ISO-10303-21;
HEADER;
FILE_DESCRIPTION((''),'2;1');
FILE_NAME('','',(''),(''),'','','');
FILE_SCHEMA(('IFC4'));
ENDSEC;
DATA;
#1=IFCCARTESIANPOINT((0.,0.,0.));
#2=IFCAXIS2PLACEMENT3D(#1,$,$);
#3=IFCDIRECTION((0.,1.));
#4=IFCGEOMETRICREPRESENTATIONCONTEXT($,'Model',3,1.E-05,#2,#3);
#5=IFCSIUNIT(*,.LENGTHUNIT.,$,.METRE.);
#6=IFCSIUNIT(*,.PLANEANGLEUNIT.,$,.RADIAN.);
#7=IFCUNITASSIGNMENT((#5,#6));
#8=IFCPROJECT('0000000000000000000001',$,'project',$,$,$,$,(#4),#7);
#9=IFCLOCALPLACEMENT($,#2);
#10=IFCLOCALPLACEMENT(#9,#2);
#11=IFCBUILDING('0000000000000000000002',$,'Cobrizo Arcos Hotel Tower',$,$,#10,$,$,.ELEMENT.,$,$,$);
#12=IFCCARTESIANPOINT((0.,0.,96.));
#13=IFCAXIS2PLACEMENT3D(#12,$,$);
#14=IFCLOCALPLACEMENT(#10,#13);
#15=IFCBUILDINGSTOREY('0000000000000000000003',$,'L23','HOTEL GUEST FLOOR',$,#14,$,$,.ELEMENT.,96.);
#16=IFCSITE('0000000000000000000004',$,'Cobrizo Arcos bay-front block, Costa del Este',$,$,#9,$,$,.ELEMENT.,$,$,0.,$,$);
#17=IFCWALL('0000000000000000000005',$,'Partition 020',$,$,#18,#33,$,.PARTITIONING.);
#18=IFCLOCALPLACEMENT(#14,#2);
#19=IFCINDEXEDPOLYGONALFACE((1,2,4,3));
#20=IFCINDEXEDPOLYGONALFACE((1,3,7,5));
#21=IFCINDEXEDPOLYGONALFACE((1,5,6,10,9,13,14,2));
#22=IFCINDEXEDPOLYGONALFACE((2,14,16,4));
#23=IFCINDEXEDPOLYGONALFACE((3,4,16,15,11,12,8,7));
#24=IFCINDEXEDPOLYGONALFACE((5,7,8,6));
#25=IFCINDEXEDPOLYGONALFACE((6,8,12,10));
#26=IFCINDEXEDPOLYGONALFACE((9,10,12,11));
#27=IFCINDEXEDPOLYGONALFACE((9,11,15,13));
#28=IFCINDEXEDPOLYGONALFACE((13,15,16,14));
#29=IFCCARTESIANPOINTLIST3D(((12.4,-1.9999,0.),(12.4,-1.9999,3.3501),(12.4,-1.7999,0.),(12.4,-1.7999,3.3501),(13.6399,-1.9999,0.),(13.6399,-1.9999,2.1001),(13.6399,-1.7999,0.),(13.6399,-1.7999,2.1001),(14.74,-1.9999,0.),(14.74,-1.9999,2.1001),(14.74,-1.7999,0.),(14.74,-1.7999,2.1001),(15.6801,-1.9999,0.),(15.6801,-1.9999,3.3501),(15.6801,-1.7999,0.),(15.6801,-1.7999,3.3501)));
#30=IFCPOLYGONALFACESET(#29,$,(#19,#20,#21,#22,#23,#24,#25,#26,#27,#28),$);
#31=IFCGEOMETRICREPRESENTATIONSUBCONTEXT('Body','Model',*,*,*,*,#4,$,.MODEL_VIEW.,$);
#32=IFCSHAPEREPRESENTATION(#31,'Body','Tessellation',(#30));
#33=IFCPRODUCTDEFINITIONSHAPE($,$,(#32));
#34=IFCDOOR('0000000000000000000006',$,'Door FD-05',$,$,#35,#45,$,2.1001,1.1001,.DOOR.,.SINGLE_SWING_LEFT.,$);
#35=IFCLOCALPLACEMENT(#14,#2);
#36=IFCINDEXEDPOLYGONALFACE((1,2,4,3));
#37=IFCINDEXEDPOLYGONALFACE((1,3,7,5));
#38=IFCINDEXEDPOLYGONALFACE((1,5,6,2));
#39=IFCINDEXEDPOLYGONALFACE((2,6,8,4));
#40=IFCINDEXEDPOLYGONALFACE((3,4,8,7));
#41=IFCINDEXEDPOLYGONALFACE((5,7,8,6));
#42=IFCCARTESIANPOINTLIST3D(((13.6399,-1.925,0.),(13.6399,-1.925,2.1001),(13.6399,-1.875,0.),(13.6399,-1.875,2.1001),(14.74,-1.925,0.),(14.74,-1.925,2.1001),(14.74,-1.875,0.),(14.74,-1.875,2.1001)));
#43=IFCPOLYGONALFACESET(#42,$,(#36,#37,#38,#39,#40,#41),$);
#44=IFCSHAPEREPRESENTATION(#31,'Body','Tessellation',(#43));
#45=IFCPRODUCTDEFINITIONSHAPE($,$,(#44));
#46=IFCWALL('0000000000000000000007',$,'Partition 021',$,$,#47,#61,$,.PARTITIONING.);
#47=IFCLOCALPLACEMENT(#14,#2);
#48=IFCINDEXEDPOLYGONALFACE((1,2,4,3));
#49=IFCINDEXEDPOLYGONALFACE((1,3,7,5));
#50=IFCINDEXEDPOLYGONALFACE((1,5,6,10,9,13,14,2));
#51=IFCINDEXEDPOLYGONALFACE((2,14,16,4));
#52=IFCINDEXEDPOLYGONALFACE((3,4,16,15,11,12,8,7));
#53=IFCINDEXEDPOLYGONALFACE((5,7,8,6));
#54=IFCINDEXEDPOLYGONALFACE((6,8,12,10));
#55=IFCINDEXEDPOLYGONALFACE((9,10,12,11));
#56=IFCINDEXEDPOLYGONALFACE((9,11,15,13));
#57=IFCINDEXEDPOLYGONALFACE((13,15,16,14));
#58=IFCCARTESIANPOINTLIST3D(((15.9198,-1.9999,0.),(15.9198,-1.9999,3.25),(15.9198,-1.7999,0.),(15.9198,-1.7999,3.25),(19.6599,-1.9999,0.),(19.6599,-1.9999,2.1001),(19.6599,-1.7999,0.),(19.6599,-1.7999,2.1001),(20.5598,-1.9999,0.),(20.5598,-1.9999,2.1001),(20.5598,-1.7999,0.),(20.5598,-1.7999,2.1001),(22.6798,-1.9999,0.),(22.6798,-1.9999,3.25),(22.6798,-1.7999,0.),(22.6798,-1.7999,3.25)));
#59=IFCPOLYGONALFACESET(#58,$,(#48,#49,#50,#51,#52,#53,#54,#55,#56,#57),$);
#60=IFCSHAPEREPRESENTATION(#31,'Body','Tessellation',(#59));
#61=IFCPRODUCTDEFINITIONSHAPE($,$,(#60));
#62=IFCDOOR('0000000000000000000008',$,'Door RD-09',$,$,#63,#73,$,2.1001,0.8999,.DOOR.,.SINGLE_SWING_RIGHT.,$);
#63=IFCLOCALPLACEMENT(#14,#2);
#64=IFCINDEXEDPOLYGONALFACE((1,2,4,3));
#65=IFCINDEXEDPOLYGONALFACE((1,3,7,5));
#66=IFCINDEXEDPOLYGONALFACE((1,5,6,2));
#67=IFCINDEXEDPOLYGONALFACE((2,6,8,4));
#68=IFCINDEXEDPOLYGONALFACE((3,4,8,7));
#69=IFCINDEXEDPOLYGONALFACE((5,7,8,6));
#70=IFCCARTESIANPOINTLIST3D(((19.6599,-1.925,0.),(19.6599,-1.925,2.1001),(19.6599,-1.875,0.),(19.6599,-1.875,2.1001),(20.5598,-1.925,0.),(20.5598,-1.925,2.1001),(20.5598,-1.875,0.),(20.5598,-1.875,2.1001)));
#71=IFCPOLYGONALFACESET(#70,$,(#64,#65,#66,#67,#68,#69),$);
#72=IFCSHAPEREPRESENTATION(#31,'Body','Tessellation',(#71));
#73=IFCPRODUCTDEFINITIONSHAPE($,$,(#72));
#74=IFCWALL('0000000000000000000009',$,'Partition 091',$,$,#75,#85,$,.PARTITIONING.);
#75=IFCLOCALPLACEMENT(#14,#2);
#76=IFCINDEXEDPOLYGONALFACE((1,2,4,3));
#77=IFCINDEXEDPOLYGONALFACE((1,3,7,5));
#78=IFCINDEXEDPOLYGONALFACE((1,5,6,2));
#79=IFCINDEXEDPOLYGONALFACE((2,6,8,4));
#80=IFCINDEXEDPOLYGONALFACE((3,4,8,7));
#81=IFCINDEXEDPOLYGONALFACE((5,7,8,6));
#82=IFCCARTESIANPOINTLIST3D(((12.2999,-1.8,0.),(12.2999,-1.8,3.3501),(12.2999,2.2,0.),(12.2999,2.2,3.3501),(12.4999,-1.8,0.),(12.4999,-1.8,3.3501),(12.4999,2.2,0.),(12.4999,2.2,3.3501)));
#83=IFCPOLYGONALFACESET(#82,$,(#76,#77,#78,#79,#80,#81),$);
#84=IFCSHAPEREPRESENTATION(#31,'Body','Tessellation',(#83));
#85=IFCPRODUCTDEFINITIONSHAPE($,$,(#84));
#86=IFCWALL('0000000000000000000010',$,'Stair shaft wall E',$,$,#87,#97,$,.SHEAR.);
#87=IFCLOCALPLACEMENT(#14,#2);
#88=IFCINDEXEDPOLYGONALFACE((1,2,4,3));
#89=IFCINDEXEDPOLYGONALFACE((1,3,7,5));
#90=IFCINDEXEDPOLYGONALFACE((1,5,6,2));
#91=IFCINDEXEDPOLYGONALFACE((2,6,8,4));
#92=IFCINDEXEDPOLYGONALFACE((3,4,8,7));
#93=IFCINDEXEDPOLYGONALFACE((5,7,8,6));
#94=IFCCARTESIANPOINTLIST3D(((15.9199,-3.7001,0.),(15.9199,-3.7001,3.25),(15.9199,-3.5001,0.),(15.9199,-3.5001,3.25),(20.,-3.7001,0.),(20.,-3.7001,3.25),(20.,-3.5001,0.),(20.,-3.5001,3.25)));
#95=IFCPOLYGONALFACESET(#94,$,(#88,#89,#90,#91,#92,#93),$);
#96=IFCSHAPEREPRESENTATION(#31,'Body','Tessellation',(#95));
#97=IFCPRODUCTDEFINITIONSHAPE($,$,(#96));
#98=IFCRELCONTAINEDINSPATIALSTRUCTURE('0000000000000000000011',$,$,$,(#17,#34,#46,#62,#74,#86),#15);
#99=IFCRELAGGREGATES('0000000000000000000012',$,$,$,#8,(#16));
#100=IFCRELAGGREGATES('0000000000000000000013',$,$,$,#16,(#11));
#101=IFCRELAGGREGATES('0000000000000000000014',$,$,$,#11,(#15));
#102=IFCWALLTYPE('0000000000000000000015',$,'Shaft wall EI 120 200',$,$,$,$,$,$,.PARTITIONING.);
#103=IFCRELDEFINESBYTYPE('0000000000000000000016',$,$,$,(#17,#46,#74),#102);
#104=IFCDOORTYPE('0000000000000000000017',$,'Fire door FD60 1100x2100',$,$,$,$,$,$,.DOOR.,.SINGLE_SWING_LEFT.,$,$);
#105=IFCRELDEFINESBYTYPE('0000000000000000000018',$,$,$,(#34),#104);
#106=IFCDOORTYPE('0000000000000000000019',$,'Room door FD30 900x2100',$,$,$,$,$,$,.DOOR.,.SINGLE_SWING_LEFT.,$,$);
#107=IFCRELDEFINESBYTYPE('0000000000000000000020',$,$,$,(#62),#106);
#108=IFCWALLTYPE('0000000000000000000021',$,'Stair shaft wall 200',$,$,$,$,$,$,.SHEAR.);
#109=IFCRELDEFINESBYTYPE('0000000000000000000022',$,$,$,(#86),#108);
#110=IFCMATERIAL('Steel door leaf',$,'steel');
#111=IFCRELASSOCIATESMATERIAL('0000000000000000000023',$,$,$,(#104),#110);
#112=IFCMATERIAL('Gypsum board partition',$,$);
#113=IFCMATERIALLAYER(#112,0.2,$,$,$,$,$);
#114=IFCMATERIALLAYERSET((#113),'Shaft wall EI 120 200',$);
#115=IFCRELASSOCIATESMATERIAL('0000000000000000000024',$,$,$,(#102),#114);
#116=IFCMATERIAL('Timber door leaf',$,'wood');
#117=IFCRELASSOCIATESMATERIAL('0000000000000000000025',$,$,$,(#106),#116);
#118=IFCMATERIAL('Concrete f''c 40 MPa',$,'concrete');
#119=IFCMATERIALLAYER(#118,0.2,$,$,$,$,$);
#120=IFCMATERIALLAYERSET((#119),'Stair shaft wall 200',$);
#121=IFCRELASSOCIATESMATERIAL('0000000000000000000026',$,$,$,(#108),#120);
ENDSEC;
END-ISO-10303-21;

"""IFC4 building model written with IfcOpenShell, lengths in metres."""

from ifc_helpers import new_model, si_unit, direction, frame, frame_2d, origin, place, context, subcontext, project, spatial, rectangle, extrude, material, layer, layer_set, type_object, element, fill, save


model = new_model("IFC4")

# Units and contexts
model_context = context("Model", 3, precision=1e-05, world=origin(), true_north=direction((0.0, 1.0)))
body_context = subcontext(model_context, "Body", "Model", "MODEL_VIEW")
ifc_project = project(units=[si_unit("LENGTHUNIT", "METRE"), si_unit("PLANEANGLEUNIT", "RADIAN")], contexts=[model_context])

# Site, building, storey
site_placement = place(None, origin())
site = spatial("IfcSite", under=ifc_project, at=site_placement, Name="Cobrizo Arcos bay-front block, Costa del Este", CompositionType="ELEMENT", RefElevation=0.0)
building_placement = place(site_placement, origin())
building = spatial("IfcBuilding", under=site, at=building_placement, Name="Cobrizo Arcos Hotel Tower", CompositionType="ELEMENT")
storey_placement = place(building_placement, frame((0.0, 0.0, 96.0)))
storey = spatial("IfcBuildingStorey", under=building, at=storey_placement, Name="L23", Description="HOTEL GUEST FLOOR", CompositionType="ELEMENT", Elevation=96.0)

# Shared definitions
ifc_material_1 = material(Name="Steel door leaf", Category="steel")
door_type_1 = type_object("IfcDoorType", Name="Fire door FD60 1100x2100", OperationType="SINGLE_SWING_LEFT", PredefinedType="DOOR", material=ifc_material_1)

# Walls, openings, doors
ifc_material_2 = material(Name="Gypsum board partition")
ifc_layer_1 = layer(ifc_material_2, 0.2)
ifc_layer_set_1 = layer_set([ifc_layer_1], Name="Shaft wall EI 120 200")
wall_type_1 = type_object("IfcWallType", Name="Shaft wall EI 120 200", PredefinedType="PARTITIONING", material=ifc_layer_set_1)
wall_1_placement = place(storey_placement, frame((12.3999, -1.8999, 0.0), z_axis=(0.0, 0.0, 1.0), x_axis=(1.0, 0.0, 0.0)))
wall_1 = element("IfcWall", 1, at=wall_1_placement, inside=storey, type_object=wall_type_1, Name="Partition 020", PredefinedType="PARTITIONING", context=body_context, shape_type="SweptSolid", body=[
    extrude(rectangle(XDim=3.28, YDim=0.2, at=frame_2d((1.6401, 0.0))), origin(), (0.0, 0.0, 1.0), 3.3501),
])
opening_1_placement = place(wall_1_placement, frame((1.24, 0.0, 0.0)))
opening_1 = element("IfcOpeningElement", 2, at=opening_1_placement, cuts=wall_1, PredefinedType="OPENING", context=body_context, shape_type="SweptSolid", body=[
    extrude(rectangle(XDim=1.1001, YDim=2.1001, at=frame_2d((0.55, 1.05))), frame((0.0, 0.1121, 0.0), z_axis=(0.0, -1.0, 0.0), x_axis=(1.0, 0.0, 0.0)), (0.0, 0.0, 1.0), 0.2239),
])
door_1_placement = place(opening_1_placement, origin())
door_1 = element("IfcDoor", 3, at=door_1_placement, inside=storey, type_object=door_type_1, Name="Door FD-05", OperationType="SINGLE_SWING_LEFT", OverallHeight=2.1001, OverallWidth=1.1001, PredefinedType="DOOR", context=body_context, shape_type="SweptSolid", body=[
    extrude(rectangle(XDim=1.1001, YDim=2.1001, at=frame_2d((0.55, 1.05))), frame((0.0, 0.0249, 0.0), z_axis=(0.0, -1.0, 0.0), x_axis=(1.0, 0.0, 0.0)), (0.0, 0.0, 1.0), 0.05),
])
fill(opening_1, door_1)
wall_2_placement = place(storey_placement, frame((15.9199, -1.8999, 0.0), z_axis=(0.0, 0.0, 1.0), x_axis=(1.0, 0.0, 0.0)))
wall_2 = element("IfcWall", 4, at=wall_2_placement, inside=storey, type_object=wall_type_1, Name="Partition 021", PredefinedType="PARTITIONING", context=body_context, shape_type="SweptSolid", body=[
    extrude(rectangle(XDim=6.76, YDim=0.2, at=frame_2d((3.3799, 0.0))), origin(), (0.0, 0.0, 1.0), 3.25),
])
opening_2_placement = place(wall_2_placement, frame((3.74, 0.0, 0.0)))
opening_2 = element("IfcOpeningElement", 5, at=opening_2_placement, cuts=wall_2, PredefinedType="OPENING", context=body_context, shape_type="SweptSolid", body=[
    extrude(rectangle(XDim=0.8999, YDim=2.1001, at=frame_2d((0.45, 1.05))), frame((0.0, 0.1121, 0.0), z_axis=(0.0, -1.0, 0.0), x_axis=(1.0, 0.0, 0.0)), (0.0, 0.0, 1.0), 0.2239),
])
ifc_material_3 = material(Name="Timber door leaf", Category="wood")
door_type_2 = type_object("IfcDoorType", Name="Room door FD30 900x2100", OperationType="SINGLE_SWING_LEFT", PredefinedType="DOOR", material=ifc_material_3)
door_2_placement = place(opening_2_placement, origin())
door_2 = element("IfcDoor", 6, at=door_2_placement, inside=storey, type_object=door_type_2, Name="Door RD-09", OperationType="SINGLE_SWING_RIGHT", OverallHeight=2.1001, OverallWidth=0.8999, PredefinedType="DOOR", context=body_context, shape_type="SweptSolid", body=[
    extrude(rectangle(XDim=0.8999, YDim=2.1001, at=frame_2d((0.45, 1.05))), frame((0.0, 0.0249, 0.0), z_axis=(0.0, -1.0, 0.0), x_axis=(1.0, 0.0, 0.0)), (0.0, 0.0, 1.0), 0.05),
])
fill(opening_2, door_2)

# Walls
wall_3_placement = place(storey_placement, frame((12.3999, -1.8, 0.0), z_axis=(0.0, 0.0, 1.0), x_axis=(0.0, 1.0, 0.0)))
element("IfcWall", 7, at=wall_3_placement, inside=storey, type_object=wall_type_1, Name="Partition 091", PredefinedType="PARTITIONING", context=body_context, shape_type="SweptSolid", body=[
    extrude(rectangle(XDim=4.0, YDim=0.2, at=frame_2d((2.0, 0.0))), origin(), (0.0, 0.0, 1.0), 3.3501),
])
ifc_material_4 = material(Name="Concrete f'c 40 MPa", Category="concrete")
ifc_layer_2 = layer(ifc_material_4, 0.2)
ifc_layer_set_2 = layer_set([ifc_layer_2], Name="Stair shaft wall 200")
wall_type_2 = type_object("IfcWallType", Name="Stair shaft wall 200", PredefinedType="SHEAR", material=ifc_layer_set_2)
wall_4_placement = place(storey_placement, frame((15.9199, -3.6001, 0.0), z_axis=(0.0, 0.0, 1.0), x_axis=(1.0, 0.0, 0.0)))
element("IfcWall", 8, at=wall_4_placement, inside=storey, type_object=wall_type_2, Name="Stair shaft wall E", PredefinedType="SHEAR", context=body_context, shape_type="SweptSolid", body=[
    extrude(rectangle(XDim=4.0801, YDim=0.2, at=frame_2d((2.04, 0.0))), origin(), (0.0, 0.0, 1.0), 3.25),
])

save(model, "model.ifc")
